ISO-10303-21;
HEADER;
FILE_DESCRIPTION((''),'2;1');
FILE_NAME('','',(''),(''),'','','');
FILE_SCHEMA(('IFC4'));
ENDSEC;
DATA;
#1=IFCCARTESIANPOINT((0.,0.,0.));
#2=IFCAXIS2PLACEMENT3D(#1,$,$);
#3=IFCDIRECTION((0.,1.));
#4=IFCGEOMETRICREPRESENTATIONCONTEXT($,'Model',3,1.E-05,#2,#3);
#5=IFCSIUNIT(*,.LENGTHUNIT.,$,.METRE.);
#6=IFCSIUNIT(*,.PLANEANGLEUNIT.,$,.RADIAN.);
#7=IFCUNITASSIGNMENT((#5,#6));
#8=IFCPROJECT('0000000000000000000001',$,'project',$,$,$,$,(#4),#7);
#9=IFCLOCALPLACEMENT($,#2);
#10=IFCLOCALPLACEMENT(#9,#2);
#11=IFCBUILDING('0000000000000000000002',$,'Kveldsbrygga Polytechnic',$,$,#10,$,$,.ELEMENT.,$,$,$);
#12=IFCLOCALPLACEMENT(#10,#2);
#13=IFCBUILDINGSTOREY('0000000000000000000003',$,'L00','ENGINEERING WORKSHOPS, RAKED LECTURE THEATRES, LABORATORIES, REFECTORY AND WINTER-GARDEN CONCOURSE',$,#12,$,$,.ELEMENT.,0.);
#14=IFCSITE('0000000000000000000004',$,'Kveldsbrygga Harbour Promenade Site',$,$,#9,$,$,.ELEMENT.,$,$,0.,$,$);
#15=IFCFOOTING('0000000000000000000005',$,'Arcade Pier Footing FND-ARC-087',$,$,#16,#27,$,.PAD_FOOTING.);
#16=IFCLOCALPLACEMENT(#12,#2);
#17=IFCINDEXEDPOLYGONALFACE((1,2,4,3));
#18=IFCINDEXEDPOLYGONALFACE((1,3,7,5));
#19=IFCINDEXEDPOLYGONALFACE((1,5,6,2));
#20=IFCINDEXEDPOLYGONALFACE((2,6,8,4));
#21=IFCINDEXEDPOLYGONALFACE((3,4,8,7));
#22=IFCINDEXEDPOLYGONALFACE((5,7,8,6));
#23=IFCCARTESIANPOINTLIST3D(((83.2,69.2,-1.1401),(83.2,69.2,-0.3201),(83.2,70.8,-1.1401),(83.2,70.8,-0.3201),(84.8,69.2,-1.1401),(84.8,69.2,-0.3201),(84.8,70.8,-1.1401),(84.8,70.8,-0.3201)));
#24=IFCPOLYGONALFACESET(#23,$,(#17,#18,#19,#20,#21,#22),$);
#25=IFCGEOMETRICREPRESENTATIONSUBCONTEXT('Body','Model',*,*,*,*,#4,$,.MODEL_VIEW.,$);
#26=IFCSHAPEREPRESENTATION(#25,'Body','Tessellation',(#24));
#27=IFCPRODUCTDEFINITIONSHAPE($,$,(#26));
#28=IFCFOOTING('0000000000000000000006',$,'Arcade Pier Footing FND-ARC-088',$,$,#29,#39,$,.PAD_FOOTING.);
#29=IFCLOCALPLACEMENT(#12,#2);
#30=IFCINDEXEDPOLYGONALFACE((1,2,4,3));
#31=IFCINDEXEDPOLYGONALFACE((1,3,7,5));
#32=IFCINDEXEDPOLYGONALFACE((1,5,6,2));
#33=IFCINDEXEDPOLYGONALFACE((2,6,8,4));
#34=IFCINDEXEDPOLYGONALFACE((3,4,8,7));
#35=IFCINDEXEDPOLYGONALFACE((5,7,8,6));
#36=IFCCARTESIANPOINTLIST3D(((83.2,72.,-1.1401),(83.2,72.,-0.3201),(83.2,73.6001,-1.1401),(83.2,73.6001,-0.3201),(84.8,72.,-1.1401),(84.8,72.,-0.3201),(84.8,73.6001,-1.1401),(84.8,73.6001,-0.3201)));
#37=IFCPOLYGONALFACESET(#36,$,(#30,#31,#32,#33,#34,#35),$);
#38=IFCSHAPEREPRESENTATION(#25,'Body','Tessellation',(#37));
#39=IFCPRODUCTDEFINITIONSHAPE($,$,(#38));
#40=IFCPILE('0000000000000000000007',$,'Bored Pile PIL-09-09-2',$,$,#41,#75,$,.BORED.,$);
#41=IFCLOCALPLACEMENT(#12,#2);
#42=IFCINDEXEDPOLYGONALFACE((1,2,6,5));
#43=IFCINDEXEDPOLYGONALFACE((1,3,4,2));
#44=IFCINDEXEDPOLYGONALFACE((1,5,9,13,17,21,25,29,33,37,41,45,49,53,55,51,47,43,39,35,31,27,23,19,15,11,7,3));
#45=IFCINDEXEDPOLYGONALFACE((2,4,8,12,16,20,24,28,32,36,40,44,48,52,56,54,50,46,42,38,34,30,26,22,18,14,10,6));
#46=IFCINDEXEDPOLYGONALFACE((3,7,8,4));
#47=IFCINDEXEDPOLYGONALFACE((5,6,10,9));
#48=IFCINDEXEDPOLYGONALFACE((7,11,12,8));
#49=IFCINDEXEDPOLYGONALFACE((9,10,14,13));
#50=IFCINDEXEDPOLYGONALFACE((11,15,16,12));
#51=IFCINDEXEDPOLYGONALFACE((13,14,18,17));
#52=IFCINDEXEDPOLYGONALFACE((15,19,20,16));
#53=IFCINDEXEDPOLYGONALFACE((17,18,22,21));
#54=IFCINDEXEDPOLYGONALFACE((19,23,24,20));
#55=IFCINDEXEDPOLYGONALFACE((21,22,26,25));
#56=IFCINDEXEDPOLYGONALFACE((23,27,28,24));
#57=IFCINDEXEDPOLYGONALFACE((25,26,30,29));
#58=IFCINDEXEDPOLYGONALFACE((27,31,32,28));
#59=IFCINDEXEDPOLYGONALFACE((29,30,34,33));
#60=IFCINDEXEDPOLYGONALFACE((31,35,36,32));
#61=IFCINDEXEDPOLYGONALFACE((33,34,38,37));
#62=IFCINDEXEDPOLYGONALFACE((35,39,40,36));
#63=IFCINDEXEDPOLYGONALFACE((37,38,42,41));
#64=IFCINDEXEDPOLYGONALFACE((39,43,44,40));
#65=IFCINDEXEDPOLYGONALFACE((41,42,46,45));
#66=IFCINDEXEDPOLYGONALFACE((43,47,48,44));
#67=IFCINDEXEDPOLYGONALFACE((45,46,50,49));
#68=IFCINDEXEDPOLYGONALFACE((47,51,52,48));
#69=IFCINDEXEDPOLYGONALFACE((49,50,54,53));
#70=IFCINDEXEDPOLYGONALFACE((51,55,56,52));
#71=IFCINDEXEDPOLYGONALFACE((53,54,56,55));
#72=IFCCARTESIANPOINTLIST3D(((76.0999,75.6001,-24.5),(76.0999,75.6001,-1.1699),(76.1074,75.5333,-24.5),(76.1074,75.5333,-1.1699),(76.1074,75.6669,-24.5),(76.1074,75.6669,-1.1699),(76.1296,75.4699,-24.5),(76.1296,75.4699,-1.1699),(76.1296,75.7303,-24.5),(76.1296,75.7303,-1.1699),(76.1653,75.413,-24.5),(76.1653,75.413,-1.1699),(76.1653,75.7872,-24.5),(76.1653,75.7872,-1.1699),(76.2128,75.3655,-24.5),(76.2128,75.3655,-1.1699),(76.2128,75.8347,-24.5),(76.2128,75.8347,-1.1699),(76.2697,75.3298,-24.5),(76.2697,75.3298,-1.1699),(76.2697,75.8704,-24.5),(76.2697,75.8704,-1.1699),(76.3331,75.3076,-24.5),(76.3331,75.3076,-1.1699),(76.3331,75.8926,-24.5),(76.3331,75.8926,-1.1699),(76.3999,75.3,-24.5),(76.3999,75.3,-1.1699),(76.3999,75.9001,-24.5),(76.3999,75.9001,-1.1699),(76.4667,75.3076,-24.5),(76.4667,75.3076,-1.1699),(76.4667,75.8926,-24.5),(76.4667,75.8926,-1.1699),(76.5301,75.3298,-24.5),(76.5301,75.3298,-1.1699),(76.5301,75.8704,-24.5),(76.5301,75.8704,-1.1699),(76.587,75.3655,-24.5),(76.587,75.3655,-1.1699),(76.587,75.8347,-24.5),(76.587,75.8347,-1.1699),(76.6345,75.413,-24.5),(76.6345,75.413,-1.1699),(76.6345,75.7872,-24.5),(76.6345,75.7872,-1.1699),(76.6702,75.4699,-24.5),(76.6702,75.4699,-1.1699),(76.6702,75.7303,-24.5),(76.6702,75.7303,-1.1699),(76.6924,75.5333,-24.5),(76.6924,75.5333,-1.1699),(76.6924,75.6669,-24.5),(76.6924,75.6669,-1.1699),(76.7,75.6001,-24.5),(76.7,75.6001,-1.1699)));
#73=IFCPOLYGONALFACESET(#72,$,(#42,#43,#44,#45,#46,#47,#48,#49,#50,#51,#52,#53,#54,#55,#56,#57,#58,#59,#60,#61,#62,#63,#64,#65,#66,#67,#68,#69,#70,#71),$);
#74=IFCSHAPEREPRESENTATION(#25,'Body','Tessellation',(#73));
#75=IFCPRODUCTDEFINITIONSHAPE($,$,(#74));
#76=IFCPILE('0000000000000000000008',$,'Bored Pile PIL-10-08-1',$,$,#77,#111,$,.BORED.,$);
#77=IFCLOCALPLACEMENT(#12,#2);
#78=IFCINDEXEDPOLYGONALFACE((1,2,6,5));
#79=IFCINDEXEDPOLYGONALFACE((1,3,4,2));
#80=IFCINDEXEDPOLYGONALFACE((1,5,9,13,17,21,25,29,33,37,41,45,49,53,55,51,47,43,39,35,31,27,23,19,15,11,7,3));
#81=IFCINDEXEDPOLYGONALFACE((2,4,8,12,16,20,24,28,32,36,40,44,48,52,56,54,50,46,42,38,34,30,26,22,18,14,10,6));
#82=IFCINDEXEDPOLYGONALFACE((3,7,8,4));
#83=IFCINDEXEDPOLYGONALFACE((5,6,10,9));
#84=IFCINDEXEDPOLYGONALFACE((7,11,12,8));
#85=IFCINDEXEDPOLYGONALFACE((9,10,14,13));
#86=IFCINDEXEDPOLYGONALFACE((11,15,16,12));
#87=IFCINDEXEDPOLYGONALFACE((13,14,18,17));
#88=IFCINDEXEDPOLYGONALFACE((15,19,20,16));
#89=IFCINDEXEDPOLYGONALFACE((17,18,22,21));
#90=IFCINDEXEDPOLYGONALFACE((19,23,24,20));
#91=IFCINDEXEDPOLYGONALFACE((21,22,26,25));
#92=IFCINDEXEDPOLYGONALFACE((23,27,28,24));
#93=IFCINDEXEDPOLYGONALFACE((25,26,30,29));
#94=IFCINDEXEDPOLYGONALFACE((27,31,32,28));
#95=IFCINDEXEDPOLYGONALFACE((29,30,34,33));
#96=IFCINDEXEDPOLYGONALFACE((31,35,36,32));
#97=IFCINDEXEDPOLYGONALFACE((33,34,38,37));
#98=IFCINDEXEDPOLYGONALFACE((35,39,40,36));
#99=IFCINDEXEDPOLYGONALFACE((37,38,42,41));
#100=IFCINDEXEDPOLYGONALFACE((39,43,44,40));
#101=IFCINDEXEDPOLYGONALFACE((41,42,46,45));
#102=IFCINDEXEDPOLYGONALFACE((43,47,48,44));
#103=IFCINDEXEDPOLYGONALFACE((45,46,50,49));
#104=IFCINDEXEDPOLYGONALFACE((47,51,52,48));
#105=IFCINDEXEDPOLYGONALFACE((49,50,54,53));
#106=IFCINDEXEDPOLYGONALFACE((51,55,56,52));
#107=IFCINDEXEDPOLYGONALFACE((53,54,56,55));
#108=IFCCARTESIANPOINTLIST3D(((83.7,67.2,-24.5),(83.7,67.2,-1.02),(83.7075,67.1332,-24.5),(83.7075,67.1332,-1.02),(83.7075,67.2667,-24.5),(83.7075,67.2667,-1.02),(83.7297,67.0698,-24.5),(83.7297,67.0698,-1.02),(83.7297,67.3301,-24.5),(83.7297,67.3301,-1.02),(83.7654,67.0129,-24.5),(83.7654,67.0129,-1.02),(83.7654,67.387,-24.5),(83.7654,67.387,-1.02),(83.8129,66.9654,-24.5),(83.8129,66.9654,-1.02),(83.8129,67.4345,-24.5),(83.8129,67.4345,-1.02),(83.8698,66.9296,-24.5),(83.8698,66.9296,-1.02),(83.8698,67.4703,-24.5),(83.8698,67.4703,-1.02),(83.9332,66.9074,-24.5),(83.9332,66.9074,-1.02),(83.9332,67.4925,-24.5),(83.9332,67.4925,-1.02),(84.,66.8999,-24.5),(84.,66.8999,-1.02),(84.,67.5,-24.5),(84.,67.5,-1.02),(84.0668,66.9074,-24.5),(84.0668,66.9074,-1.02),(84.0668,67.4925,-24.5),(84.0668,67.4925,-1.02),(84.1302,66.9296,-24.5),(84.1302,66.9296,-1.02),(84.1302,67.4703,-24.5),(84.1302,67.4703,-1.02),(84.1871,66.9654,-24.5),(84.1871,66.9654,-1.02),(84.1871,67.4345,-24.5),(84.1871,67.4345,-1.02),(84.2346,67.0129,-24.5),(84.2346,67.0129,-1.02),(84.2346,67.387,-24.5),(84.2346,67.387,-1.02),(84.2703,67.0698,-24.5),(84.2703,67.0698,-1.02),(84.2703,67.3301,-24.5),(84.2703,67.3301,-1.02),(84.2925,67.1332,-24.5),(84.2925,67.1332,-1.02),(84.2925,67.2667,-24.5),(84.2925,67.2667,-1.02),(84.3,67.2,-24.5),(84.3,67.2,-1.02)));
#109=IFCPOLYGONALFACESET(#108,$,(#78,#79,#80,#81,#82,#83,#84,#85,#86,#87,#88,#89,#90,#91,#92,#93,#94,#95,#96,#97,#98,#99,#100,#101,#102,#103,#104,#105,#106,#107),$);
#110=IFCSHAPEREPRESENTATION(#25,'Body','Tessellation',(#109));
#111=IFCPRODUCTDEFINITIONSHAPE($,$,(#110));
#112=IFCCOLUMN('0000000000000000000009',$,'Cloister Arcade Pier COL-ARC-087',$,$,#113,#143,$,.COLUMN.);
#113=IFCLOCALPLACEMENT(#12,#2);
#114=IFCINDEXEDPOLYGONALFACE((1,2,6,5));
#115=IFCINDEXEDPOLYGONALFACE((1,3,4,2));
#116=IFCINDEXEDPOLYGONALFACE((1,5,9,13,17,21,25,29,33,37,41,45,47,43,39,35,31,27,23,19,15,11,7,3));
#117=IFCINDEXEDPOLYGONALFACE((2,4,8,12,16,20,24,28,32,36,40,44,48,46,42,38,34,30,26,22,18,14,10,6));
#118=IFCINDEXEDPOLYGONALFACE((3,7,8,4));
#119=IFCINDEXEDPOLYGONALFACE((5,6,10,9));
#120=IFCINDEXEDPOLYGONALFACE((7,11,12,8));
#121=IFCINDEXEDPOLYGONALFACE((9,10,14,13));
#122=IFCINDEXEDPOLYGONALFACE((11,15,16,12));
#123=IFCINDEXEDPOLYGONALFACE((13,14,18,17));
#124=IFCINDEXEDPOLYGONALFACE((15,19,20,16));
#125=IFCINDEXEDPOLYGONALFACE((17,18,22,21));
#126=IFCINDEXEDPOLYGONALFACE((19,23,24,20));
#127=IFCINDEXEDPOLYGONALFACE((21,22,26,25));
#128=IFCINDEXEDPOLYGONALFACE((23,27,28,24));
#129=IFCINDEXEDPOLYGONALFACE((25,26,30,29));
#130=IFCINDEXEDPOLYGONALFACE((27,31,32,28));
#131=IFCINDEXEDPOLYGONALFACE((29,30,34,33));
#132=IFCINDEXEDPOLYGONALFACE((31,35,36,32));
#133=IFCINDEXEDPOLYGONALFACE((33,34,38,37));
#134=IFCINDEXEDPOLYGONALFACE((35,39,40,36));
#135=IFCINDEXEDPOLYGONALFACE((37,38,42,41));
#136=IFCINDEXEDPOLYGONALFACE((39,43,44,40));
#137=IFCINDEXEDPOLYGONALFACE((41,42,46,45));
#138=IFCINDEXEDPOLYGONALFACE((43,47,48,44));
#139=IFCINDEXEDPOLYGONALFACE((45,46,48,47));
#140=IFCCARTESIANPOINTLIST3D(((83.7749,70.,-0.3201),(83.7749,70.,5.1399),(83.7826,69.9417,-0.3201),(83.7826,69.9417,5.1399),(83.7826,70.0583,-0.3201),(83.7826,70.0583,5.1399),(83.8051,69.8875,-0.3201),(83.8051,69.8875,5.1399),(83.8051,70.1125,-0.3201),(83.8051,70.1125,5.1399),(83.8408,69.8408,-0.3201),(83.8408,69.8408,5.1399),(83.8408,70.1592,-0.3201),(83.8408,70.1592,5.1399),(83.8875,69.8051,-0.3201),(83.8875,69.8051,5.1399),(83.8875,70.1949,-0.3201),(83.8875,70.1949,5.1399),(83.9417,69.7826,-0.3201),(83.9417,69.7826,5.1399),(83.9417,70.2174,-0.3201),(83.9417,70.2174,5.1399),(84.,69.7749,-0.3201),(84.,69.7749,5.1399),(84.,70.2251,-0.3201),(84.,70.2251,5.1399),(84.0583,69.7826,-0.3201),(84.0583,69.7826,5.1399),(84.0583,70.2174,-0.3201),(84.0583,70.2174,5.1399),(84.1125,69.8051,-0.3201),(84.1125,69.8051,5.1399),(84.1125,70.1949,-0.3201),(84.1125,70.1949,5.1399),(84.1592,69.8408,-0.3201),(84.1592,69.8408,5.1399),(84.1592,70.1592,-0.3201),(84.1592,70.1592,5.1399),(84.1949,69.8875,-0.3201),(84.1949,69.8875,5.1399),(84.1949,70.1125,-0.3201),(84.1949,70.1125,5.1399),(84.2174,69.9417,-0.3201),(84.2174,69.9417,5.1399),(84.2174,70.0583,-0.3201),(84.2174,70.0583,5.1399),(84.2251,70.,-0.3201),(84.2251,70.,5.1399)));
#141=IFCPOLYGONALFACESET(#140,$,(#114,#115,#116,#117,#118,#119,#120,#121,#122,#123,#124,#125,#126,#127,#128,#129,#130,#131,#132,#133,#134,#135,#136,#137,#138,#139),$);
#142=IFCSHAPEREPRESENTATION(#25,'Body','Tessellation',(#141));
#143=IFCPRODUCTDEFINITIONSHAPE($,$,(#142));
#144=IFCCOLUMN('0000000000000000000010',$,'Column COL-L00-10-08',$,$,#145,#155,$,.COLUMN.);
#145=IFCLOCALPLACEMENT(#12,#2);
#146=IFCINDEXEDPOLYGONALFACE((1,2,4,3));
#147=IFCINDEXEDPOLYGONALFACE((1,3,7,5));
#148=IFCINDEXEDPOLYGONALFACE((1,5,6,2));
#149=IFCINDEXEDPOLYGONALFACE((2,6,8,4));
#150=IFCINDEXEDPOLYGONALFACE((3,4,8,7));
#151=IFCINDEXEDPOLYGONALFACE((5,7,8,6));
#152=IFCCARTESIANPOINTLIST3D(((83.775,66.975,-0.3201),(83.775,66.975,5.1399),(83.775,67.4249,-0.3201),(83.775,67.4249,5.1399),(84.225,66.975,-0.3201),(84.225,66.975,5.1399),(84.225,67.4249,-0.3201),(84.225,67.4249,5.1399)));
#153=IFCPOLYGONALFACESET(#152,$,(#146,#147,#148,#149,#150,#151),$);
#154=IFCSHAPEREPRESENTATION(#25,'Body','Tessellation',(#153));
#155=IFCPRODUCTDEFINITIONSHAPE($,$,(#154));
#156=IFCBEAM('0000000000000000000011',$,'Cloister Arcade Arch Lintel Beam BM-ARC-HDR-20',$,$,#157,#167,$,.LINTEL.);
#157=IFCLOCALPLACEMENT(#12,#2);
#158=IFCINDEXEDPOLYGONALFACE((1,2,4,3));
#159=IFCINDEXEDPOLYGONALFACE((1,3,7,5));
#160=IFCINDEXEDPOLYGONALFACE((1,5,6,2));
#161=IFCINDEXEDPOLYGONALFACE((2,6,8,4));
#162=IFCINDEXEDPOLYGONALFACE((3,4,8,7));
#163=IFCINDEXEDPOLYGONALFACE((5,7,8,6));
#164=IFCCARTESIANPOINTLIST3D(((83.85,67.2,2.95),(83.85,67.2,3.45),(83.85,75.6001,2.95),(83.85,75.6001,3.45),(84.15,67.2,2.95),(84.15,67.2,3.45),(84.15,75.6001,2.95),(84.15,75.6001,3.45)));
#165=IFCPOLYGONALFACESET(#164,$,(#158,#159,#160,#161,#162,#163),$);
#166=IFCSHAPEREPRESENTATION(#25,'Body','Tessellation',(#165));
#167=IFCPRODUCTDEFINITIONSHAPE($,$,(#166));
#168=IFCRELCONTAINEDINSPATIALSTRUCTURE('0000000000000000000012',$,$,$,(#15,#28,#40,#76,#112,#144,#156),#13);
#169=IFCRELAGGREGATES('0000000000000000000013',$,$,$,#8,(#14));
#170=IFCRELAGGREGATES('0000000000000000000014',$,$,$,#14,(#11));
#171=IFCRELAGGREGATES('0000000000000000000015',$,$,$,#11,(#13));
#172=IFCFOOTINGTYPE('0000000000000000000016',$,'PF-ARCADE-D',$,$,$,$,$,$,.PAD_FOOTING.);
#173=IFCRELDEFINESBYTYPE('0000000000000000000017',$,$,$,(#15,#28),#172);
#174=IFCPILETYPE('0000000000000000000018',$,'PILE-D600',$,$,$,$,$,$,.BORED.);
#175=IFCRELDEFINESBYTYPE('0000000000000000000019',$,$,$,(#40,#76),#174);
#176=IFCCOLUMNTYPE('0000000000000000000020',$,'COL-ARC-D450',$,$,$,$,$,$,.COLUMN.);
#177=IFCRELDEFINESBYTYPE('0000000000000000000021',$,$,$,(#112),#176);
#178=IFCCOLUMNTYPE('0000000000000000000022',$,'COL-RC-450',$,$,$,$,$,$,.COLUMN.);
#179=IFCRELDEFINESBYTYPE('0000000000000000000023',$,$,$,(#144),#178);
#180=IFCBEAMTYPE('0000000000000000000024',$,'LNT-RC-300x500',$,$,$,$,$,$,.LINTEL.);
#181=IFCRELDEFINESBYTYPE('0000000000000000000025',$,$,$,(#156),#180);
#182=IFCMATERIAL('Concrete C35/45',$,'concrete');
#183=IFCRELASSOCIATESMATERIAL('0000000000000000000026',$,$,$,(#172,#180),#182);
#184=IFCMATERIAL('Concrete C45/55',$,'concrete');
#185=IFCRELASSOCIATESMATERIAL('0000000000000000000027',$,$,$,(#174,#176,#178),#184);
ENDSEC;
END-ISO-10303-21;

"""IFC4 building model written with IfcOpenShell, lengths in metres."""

from ifc_helpers import new_model, si_unit, direction, frame, origin, origin_2d, place, context, subcontext, project, spatial, rectangle, circle, extrude, material, material_profile, profile_set, type_object, element, save


model = new_model("IFC4")

# Units and contexts
model_context = context("Model", 3, precision=1e-05, world=origin(), true_north=direction((0.0, 1.0)))
body_context = subcontext(model_context, "Body", "Model", "MODEL_VIEW")
ifc_project = project(units=[si_unit("LENGTHUNIT", "METRE"), si_unit("PLANEANGLEUNIT", "RADIAN")], contexts=[model_context])

# Site, building, storey
site_placement = place(None, origin())
site = spatial("IfcSite", under=ifc_project, at=site_placement, Name="Kveldsbrygga Harbour Promenade Site", CompositionType="ELEMENT", RefElevation=0.0)
building_placement = place(site_placement, origin())
building = spatial("IfcBuilding", under=site, at=building_placement, Name="Kveldsbrygga Polytechnic", CompositionType="ELEMENT")
storey_placement = place(building_placement, origin())
storey = spatial("IfcBuildingStorey", under=building, at=storey_placement, Name="L00", Description="ENGINEERING WORKSHOPS, RAKED LECTURE THEATRES, LABORATORIES, REFECTORY AND WINTER-GARDEN CONCOURSE", CompositionType="ELEMENT", Elevation=0.0)

# Footings
ifc_material_1 = material(Name="Concrete C35/45", Category="concrete")
footing_type = type_object("IfcFootingType", Name="PF-ARCADE-D", PredefinedType="PAD_FOOTING", material=ifc_material_1)
for number, where, z_axis, x_axis, name in (
    (1, (84.0, 70.0, -1.1401), (0.0, 0.0, 1.0), (1.0, 0.0, 0.0), "Arcade Pier Footing FND-ARC-087"),
    (2, (84.0, 72.8, -1.1401), (0.0, 0.0, 1.0), (1.0, 0.0, 0.0), "Arcade Pier Footing FND-ARC-088"),
):
    element("IfcFooting", number, at=place(storey_placement, frame(where, z_axis=z_axis, x_axis=x_axis)), inside=storey, type_object=footing_type, Name=name, PredefinedType="PAD_FOOTING", context=body_context, shape_type="SweptSolid", body=[
        extrude(rectangle(XDim=1.6001, YDim=1.6001, at=origin_2d()), origin(), (0.0, 0.0, 1.0), 0.8201),
    ])

# Piles
ifc_material_2 = material(Name="Concrete C45/55", Category="concrete")
ifc_material_profile_1 = material_profile(ifc_material_2, circle(Radius=0.3, at=origin_2d()), Name="PILE D600")
ifc_profile_set_1 = profile_set([ifc_material_profile_1], Name="Concrete C45/55")
pile_type = type_object("IfcPileType", Name="PILE-D600", PredefinedType="BORED", material=ifc_profile_set_1)
pile_1_placement = place(storey_placement, frame((76.3999, 75.6001, -1.1699), z_axis=(0.0, 0.0, -1.0), x_axis=(1.0, 0.0, 0.0)))
element("IfcPile", 3, at=pile_1_placement, inside=storey, type_object=pile_type, Name="Bored Pile PIL-09-09-2", PredefinedType="BORED", context=body_context, shape_type="SweptSolid", body=[
    extrude(circle(Radius=0.3, at=origin_2d()), origin(), (0.0, 0.0, 1.0), 23.3301),
])
pile_2_placement = place(storey_placement, frame((84.0, 67.2, -1.02), z_axis=(0.0, 0.0, -1.0), x_axis=(1.0, 0.0, 0.0)))
element("IfcPile", 4, at=pile_2_placement, inside=storey, type_object=pile_type, Name="Bored Pile PIL-10-08-1", PredefinedType="BORED", context=body_context, shape_type="SweptSolid", body=[
    extrude(circle(Radius=0.3, at=origin_2d()), origin(), (0.0, 0.0, 1.0), 23.48),
])

# Columns
ifc_material_profile_2 = material_profile(ifc_material_2, circle(Radius=0.2251, at=origin_2d()), Name="RC D450")
ifc_profile_set_2 = profile_set([ifc_material_profile_2], Name="Concrete C45/55")
column_type_1 = type_object("IfcColumnType", Name="COL-ARC-D450", PredefinedType="COLUMN", material=ifc_profile_set_2)
column_1_placement = place(storey_placement, frame((84.0, 70.0, -0.3201), z_axis=(0.0, 0.0, 1.0), x_axis=(1.0, 0.0, 0.0)))
element("IfcColumn", 5, at=column_1_placement, inside=storey, type_object=column_type_1, Name="Cloister Arcade Pier COL-ARC-087", PredefinedType="COLUMN", context=body_context, shape_type="SweptSolid", body=[
    extrude(circle(Radius=0.2251, at=origin_2d()), origin(), (0.0, 0.0, 1.0), 5.46),
])
ifc_material_profile_3 = material_profile(ifc_material_2, rectangle(XDim=0.45, YDim=0.45, at=origin_2d()), Name="RC 450x450")
ifc_profile_set_3 = profile_set([ifc_material_profile_3], Name="Concrete C45/55")
column_type_2 = type_object("IfcColumnType", Name="COL-RC-450", PredefinedType="COLUMN", material=ifc_profile_set_3)
column_2_placement = place(storey_placement, frame((84.0, 67.2, -0.3201), z_axis=(0.0, 0.0, 1.0), x_axis=(1.0, 0.0, 0.0)))
element("IfcColumn", 6, at=column_2_placement, inside=storey, type_object=column_type_2, Name="Column COL-L00-10-08", PredefinedType="COLUMN", context=body_context, shape_type="SweptSolid", body=[
    extrude(rectangle(XDim=0.45, YDim=0.45, at=origin_2d()), origin(), (0.0, 0.0, 1.0), 5.46),
])

# Beam
ifc_material_profile_4 = material_profile(ifc_material_1, rectangle(XDim=0.3, YDim=0.5, at=origin_2d()), Name="RC 300x500")
ifc_profile_set_4 = profile_set([ifc_material_profile_4], Name="Concrete C35/45")
beam_type = type_object("IfcBeamType", Name="LNT-RC-300x500", PredefinedType="LINTEL", material=ifc_profile_set_4)
beam_placement = place(storey_placement, frame((84.0, 67.2, 3.2), z_axis=(0.0, 1.0, 0.0), x_axis=(-1.0, 0.0, 0.0)))
element("IfcBeam", 7, at=beam_placement, inside=storey, type_object=beam_type, Name="Cloister Arcade Arch Lintel Beam BM-ARC-HDR-20", PredefinedType="LINTEL", context=body_context, shape_type="SweptSolid", body=[
    extrude(rectangle(XDim=0.3, YDim=0.5, at=origin_2d()), origin(), (0.0, 0.0, 1.0), 8.4001),
])

save(model, "model.ifc")
